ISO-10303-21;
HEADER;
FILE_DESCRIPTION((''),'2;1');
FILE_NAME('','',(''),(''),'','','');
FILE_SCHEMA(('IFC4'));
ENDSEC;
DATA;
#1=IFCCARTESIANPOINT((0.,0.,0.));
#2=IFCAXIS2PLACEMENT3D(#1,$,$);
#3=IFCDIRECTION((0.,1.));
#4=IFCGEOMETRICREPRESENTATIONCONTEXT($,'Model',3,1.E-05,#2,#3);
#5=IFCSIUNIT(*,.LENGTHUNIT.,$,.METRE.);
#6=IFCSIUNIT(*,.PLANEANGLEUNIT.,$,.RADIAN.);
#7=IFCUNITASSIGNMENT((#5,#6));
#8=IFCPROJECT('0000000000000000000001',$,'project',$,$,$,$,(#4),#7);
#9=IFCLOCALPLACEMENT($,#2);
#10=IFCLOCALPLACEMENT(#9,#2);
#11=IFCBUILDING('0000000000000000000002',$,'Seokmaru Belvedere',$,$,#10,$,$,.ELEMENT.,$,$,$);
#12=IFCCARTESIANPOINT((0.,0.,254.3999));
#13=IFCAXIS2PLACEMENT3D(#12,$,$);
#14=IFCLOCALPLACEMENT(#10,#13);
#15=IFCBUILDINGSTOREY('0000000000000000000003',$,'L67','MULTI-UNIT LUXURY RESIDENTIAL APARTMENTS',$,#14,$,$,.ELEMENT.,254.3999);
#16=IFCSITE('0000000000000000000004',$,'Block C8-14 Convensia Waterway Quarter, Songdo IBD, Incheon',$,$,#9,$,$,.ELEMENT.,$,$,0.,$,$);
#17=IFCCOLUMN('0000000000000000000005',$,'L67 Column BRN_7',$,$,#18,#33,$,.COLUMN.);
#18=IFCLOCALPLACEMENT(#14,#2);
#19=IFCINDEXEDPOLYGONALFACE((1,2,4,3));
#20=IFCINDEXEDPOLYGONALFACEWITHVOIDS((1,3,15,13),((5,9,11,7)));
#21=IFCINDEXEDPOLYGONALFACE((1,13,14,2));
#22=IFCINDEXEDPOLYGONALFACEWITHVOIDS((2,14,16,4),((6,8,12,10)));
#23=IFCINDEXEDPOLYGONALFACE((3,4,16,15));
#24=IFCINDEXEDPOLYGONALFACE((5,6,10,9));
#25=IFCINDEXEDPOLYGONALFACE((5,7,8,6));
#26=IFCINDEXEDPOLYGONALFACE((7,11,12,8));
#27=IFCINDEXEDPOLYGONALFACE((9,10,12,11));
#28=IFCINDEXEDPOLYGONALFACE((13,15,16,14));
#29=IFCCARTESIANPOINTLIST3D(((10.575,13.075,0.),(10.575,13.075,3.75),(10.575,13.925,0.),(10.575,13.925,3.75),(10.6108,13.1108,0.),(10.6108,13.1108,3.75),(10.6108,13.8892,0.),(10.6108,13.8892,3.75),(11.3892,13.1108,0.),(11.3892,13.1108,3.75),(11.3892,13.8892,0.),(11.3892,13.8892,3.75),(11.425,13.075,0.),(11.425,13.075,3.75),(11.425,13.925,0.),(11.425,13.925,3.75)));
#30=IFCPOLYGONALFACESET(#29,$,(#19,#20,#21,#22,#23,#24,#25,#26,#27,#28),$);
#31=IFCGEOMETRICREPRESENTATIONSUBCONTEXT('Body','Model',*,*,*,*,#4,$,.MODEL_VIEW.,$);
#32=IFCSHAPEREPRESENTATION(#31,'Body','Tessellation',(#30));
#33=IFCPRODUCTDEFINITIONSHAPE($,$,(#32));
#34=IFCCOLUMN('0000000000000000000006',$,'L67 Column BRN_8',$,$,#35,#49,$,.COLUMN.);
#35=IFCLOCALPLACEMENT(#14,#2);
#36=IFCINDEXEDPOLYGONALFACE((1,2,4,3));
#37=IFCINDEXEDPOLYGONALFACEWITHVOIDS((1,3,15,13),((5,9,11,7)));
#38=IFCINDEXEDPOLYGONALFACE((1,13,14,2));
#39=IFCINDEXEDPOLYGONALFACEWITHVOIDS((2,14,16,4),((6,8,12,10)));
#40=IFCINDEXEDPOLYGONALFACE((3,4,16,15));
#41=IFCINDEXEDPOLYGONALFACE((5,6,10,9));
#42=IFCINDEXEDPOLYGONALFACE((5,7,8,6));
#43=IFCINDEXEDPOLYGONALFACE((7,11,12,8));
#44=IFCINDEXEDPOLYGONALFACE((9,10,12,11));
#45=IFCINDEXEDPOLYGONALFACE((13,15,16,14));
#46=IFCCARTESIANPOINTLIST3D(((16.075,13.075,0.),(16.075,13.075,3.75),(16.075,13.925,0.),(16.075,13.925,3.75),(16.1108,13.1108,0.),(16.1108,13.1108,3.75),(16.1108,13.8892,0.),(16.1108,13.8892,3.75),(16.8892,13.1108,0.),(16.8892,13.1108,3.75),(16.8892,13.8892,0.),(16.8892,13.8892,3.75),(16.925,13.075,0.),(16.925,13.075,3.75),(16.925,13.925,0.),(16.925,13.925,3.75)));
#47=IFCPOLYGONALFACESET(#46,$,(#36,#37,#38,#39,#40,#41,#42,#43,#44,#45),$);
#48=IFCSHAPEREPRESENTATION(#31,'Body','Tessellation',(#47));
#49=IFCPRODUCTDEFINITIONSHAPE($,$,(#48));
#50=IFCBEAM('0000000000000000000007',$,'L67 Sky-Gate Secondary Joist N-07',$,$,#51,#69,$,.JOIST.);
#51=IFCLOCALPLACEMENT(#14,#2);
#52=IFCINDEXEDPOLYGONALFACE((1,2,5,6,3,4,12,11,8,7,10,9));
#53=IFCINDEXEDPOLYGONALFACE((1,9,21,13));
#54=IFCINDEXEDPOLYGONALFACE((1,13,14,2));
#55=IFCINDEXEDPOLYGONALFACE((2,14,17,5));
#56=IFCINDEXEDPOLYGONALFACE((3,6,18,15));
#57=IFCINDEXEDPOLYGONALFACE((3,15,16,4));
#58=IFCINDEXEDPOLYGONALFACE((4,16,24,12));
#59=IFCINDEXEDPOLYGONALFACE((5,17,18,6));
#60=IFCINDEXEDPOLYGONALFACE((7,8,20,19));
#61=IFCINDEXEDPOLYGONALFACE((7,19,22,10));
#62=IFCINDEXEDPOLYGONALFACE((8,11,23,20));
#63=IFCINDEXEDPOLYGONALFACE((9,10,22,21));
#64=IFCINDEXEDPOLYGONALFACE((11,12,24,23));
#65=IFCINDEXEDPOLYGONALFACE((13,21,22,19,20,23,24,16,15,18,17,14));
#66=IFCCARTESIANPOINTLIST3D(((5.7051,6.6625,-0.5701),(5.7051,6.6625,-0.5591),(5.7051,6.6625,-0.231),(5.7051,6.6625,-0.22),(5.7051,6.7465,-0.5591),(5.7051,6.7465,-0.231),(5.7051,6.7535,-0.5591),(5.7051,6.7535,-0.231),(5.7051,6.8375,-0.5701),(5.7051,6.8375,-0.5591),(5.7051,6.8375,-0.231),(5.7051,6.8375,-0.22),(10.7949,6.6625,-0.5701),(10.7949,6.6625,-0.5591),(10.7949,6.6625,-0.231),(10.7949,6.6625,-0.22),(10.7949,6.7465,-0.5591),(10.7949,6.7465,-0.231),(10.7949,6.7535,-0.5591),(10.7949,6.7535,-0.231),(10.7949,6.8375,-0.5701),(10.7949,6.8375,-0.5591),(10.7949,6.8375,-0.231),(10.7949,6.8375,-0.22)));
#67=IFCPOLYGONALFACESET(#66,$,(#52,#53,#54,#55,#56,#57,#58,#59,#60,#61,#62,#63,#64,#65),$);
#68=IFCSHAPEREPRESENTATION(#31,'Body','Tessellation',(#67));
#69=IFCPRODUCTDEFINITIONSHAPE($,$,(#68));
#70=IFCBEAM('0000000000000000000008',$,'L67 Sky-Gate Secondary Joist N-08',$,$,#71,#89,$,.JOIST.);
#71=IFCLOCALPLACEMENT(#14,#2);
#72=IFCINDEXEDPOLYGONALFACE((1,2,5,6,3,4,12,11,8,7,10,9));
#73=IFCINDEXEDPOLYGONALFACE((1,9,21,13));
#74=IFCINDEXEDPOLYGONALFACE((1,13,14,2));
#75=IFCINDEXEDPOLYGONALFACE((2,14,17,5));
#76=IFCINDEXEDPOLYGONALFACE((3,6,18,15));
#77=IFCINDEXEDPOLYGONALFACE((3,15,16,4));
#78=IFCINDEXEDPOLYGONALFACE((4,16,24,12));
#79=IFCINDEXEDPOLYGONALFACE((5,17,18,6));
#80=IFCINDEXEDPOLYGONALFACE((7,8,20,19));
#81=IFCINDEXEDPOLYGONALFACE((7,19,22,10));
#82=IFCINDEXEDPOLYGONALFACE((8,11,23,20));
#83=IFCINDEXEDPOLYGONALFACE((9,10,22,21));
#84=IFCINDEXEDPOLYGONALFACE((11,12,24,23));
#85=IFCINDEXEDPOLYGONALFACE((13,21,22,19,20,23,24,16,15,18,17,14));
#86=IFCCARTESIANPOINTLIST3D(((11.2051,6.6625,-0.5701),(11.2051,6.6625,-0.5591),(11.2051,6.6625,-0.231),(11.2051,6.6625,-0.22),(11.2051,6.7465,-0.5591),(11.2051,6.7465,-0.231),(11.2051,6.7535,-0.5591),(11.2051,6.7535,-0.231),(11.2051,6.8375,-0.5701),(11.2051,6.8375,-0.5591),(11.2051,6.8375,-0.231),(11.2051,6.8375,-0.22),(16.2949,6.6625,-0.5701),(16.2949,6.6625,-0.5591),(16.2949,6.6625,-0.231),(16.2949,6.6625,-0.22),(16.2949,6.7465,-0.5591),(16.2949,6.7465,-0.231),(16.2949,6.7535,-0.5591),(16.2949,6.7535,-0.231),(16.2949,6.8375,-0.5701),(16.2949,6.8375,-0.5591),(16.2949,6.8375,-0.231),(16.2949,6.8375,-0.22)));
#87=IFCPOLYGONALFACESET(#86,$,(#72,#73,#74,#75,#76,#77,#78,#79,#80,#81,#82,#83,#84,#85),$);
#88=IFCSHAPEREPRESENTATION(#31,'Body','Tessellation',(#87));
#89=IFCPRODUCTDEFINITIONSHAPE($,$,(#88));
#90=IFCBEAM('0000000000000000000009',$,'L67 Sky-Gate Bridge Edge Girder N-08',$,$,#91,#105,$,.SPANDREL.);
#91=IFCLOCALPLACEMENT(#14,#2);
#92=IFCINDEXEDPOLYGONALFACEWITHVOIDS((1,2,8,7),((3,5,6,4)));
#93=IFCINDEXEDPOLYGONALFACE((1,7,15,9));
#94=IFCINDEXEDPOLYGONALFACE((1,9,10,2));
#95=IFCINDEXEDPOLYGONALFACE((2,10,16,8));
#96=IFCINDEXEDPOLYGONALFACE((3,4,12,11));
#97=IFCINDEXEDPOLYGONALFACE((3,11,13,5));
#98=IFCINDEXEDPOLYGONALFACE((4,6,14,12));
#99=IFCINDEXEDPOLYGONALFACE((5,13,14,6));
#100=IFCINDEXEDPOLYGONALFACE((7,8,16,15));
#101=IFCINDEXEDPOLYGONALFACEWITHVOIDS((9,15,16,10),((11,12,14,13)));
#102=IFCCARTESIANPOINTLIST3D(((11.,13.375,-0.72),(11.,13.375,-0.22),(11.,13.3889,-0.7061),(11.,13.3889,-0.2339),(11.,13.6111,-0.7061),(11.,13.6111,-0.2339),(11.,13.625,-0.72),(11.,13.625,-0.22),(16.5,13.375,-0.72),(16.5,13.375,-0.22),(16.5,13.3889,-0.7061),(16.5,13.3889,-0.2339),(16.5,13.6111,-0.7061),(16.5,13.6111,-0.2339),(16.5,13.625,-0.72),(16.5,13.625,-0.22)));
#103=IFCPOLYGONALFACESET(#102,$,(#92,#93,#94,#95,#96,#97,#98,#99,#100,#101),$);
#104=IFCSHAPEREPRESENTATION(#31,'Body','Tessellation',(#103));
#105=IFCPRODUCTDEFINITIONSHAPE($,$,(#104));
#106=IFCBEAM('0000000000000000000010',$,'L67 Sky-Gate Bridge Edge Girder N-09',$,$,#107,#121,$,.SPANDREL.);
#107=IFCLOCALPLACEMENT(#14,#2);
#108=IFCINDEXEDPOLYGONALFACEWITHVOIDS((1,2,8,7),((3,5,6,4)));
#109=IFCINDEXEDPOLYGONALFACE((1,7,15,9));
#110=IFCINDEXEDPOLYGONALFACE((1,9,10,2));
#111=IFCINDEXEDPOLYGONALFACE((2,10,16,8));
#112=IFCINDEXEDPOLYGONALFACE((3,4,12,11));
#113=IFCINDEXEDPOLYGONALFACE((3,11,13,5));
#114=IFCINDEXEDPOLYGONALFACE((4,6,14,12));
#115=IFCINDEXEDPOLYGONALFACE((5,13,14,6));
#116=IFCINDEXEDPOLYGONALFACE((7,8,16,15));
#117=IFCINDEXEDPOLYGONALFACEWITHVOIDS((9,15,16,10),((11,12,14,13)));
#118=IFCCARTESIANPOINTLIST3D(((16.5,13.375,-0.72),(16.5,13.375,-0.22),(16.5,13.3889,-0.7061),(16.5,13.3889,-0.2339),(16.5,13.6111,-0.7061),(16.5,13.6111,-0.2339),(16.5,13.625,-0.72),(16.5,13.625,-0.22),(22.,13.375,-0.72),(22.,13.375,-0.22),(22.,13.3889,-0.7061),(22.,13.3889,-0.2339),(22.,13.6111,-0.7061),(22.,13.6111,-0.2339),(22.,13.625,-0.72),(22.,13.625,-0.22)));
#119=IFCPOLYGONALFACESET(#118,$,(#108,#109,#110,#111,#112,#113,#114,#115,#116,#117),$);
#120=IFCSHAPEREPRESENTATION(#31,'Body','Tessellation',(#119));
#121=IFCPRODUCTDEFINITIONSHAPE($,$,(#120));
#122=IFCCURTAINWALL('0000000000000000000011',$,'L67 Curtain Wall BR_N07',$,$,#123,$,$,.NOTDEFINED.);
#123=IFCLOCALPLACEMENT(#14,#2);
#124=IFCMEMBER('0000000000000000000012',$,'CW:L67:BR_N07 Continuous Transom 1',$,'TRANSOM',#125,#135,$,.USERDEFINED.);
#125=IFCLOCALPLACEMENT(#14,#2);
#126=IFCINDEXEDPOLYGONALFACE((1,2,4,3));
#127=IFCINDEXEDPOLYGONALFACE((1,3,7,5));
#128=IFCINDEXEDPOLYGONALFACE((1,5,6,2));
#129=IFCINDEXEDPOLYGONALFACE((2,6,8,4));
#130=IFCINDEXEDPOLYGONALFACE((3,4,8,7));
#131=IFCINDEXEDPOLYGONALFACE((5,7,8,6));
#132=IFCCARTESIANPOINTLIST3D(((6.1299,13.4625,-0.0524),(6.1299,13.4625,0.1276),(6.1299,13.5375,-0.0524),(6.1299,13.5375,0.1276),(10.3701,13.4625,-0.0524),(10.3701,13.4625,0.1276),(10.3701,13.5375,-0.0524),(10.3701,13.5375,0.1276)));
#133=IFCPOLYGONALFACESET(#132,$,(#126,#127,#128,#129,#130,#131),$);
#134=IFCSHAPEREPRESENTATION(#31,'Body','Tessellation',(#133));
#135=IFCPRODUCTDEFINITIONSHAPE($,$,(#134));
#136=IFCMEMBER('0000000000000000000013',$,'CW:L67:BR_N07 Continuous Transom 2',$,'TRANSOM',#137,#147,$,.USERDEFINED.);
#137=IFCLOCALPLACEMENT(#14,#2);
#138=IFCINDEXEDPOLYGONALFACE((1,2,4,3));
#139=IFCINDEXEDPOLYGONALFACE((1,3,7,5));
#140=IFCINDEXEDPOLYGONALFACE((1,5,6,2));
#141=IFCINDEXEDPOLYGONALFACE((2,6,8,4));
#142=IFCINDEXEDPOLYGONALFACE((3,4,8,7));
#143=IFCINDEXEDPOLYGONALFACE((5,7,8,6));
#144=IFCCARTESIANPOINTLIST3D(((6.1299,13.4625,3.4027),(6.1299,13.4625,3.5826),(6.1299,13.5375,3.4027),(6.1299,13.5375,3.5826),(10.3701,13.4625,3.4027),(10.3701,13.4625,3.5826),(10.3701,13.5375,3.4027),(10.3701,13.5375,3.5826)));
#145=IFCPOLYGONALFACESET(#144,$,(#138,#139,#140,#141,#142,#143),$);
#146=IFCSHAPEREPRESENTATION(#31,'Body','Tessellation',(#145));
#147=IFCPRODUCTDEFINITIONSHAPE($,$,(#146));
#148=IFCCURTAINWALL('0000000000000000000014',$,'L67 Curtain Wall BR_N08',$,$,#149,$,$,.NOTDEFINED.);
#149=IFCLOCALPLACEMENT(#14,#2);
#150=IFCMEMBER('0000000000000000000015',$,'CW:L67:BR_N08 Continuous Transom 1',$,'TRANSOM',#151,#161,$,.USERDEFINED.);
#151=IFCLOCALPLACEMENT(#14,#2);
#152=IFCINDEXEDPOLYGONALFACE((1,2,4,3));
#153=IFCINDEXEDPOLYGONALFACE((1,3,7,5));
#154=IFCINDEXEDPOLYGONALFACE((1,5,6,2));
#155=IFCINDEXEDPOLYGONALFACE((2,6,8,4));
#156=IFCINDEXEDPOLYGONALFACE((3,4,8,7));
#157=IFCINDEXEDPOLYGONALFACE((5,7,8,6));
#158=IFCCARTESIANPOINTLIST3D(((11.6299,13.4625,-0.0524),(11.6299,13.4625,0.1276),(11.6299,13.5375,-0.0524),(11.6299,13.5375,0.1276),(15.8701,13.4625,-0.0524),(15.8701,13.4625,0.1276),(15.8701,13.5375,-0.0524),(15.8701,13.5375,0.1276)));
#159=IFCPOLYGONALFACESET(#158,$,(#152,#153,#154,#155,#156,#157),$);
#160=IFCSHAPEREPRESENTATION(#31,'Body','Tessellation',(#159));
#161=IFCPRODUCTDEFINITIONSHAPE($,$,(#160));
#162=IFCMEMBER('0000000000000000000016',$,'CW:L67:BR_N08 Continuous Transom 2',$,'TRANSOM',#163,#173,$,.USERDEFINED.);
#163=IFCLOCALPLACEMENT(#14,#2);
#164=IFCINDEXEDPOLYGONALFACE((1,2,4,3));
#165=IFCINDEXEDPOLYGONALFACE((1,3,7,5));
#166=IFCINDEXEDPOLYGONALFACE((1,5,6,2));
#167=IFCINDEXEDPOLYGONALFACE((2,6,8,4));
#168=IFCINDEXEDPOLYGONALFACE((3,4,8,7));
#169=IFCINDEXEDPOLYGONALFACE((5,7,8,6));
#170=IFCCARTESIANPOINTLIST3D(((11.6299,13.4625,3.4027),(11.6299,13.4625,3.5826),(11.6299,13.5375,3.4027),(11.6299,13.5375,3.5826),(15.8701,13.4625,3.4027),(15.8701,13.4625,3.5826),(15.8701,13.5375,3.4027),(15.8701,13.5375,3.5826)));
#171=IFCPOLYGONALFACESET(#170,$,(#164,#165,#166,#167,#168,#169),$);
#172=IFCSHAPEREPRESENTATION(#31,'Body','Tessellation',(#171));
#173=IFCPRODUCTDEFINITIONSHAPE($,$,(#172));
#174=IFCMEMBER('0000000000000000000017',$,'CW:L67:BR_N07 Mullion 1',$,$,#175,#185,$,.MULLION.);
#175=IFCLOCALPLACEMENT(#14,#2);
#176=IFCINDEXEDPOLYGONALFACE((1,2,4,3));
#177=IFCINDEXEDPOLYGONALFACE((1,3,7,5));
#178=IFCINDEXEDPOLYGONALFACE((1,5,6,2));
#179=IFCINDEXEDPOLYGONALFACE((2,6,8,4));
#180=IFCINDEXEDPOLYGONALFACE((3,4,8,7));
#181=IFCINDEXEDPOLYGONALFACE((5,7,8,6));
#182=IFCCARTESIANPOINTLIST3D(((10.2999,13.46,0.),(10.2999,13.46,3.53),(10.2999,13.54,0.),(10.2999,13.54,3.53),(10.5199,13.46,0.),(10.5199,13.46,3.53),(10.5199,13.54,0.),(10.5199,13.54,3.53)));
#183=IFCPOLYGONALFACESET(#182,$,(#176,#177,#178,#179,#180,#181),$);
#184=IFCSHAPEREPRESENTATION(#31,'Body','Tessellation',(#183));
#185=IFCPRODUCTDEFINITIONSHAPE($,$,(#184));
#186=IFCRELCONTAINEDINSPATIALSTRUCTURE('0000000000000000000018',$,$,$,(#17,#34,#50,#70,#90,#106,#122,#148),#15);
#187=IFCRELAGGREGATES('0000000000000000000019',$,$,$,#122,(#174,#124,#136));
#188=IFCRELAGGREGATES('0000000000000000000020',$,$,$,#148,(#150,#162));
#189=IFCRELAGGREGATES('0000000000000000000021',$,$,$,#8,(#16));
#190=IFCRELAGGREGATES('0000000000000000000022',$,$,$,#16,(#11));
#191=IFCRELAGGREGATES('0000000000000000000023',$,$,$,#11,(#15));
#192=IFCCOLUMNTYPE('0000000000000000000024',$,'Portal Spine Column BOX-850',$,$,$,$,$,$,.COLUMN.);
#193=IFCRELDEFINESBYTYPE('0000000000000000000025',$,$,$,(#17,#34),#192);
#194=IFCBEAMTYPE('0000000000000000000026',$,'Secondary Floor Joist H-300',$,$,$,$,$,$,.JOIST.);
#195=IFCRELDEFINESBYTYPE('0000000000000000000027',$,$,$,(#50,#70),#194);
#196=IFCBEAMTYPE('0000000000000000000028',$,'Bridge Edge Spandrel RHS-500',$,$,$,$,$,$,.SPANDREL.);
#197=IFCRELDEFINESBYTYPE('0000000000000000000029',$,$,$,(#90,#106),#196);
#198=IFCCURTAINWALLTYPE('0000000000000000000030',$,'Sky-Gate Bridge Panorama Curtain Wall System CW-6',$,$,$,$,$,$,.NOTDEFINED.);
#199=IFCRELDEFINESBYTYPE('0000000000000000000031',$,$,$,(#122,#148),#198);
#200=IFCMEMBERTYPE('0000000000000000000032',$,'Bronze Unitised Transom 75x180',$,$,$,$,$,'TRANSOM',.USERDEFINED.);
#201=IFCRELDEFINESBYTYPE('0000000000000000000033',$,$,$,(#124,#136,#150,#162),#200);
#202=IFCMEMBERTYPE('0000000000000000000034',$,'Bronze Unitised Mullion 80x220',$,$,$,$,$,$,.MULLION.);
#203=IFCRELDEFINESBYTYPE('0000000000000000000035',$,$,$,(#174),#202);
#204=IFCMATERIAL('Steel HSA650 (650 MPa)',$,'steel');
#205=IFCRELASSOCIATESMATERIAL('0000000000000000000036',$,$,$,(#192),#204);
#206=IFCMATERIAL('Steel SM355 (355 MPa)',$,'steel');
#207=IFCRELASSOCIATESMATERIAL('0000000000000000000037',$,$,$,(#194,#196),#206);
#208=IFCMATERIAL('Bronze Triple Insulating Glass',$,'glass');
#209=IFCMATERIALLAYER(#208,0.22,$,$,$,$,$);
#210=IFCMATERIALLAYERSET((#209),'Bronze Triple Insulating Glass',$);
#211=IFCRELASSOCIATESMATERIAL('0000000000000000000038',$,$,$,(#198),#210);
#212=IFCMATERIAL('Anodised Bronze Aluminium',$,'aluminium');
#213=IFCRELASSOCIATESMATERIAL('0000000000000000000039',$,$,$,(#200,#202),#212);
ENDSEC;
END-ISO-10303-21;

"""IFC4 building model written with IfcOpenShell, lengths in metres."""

from ifc_helpers import new_model, si_unit, direction, frame, origin, origin_2d, place, context, subcontext, project, spatial, rectangle, hollow_rectangle, i_section, extrude, source, transform, mapped, material, layer, layer_set, material_profile, profile_set, type_object, type_shapes, element, aggregate, save


model = new_model("IFC4")

# Units and contexts
model_context = context("Model", 3, precision=1e-05, world=origin(), true_north=direction((0.0, 1.0)))
body_context = subcontext(model_context, "Body", "Model", "MODEL_VIEW")
ifc_project = project(units=[si_unit("LENGTHUNIT", "METRE"), si_unit("PLANEANGLEUNIT", "RADIAN")], contexts=[model_context])

# Site, building, storey
site_placement = place(None, origin())
site = spatial("IfcSite", under=ifc_project, at=site_placement, Name="Block C8-14 Convensia Waterway Quarter, Songdo IBD, Incheon", CompositionType="ELEMENT", RefElevation=0.0)
building_placement = place(site_placement, origin())
building = spatial("IfcBuilding", under=site, at=building_placement, Name="Seokmaru Belvedere", CompositionType="ELEMENT")
storey_placement = place(building_placement, frame((0.0, 0.0, 254.3999)))
storey = spatial("IfcBuildingStorey", under=building, at=storey_placement, Name="L67", Description="MULTI-UNIT LUXURY RESIDENTIAL APARTMENTS", CompositionType="ELEMENT", Elevation=254.3999)

# Columns
ifc_material_1 = material(Name="Steel HSA650 (650 MPa)", Category="steel")
ifc_material_profile_1 = material_profile(ifc_material_1, hollow_rectangle(XDim=0.8501, YDim=0.8501, WallThickness=0.0359, at=origin_2d()), Name="BOX-850x850x36")
ifc_profile_set_1 = profile_set([ifc_material_profile_1], Name="Steel HSA650 (650 MPa)")
column_type = type_object("IfcColumnType", Name="Portal Spine Column BOX-850", PredefinedType="COLUMN", material=ifc_profile_set_1)
shared_shape_1 = source(origin(), body_context, "Body", "SweptSolid", [
    extrude(hollow_rectangle(XDim=0.8501, YDim=0.8501, WallThickness=0.0359, at=origin_2d()), origin(), (0.0, 0.0, 1.0), 3.75),
])
type_shapes(column_type, [shared_shape_1])
for number, where, z_axis, x_axis, name in (
    (1, (11.0, 13.5, 0.0), (0.0, 0.0, 1.0), (1.0, 0.0, 0.0), "L67 Column BRN_7"),
    (2, (16.5, 13.5, 0.0), (0.0, 0.0, 1.0), (1.0, 0.0, 0.0), "L67 Column BRN_8"),
):
    element("IfcColumn", number, at=place(storey_placement, frame(where, z_axis=z_axis, x_axis=x_axis)), inside=storey, type_object=column_type, Name=name, PredefinedType="COLUMN", context=body_context, shape_type="MappedRepresentation", body=[
        mapped(shared_shape_1, transform((0.0, 0.0, 0.0), scale=1.0)),
    ])

# Beams
ifc_material_2 = material(Name="Steel SM355 (355 MPa)", Category="steel")
ifc_material_profile_2 = material_profile(ifc_material_2, i_section(OverallWidth=0.175, OverallDepth=0.3501, WebThickness=0.0071, FlangeThickness=0.011, at=origin_2d()), Name="H-350x175x7x11")
ifc_profile_set_2 = profile_set([ifc_material_profile_2], Name="Steel SM355 (355 MPa)")
beam_type_1 = type_object("IfcBeamType", Name="Secondary Floor Joist H-300", PredefinedType="JOIST", material=ifc_profile_set_2)
shared_shape_2 = source(origin(), body_context, "Body", "SweptSolid", [
    extrude(i_section(OverallWidth=0.175, OverallDepth=0.3501, WebThickness=0.0071, FlangeThickness=0.011, at=origin_2d()), origin(), (0.0, 0.0, 1.0), 5.0898),
])
type_shapes(beam_type_1, [shared_shape_2])
for number, where, z_axis, x_axis, name in (
    (3, (5.7051, 6.75, -0.395), (1.0, 0.0, 0.0), (0.0, 1.0, 0.0), "L67 Sky-Gate Secondary Joist N-07"),
    (4, (11.2051, 6.75, -0.395), (1.0, 0.0, 0.0), (0.0, 1.0, 0.0), "L67 Sky-Gate Secondary Joist N-08"),
):
    element("IfcBeam", number, at=place(storey_placement, frame(where, z_axis=z_axis, x_axis=x_axis)), inside=storey, type_object=beam_type_1, Name=name, PredefinedType="JOIST", context=body_context, shape_type="MappedRepresentation", body=[
        mapped(shared_shape_2, transform((0.0, 0.0, 0.0), scale=1.0)),
    ])
ifc_material_profile_3 = material_profile(ifc_material_2, hollow_rectangle(XDim=0.25, YDim=0.5, WallThickness=0.0139, at=origin_2d()), Name="RHS-500x250x14")
ifc_profile_set_3 = profile_set([ifc_material_profile_3], Name="Steel SM355 (355 MPa)")
beam_type_2 = type_object("IfcBeamType", Name="Bridge Edge Spandrel RHS-500", PredefinedType="SPANDREL", material=ifc_profile_set_3)
shared_shape_3 = source(origin(), body_context, "Body", "SweptSolid", [
    extrude(hollow_rectangle(XDim=0.25, YDim=0.5, WallThickness=0.0139, at=origin_2d()), origin(), (0.0, 0.0, 1.0), 5.5),
])
type_shapes(beam_type_2, [shared_shape_3])
for number, where, z_axis, x_axis, name in (
    (5, (11.0, 13.5, -0.47), (1.0, 0.0, 0.0), (0.0, 1.0, 0.0), "L67 Sky-Gate Bridge Edge Girder N-08"),
    (6, (16.5, 13.5, -0.47), (1.0, 0.0, 0.0), (0.0, 1.0, 0.0), "L67 Sky-Gate Bridge Edge Girder N-09"),
):
    element("IfcBeam", number, at=place(storey_placement, frame(where, z_axis=z_axis, x_axis=x_axis)), inside=storey, type_object=beam_type_2, Name=name, PredefinedType="SPANDREL", context=body_context, shape_type="MappedRepresentation", body=[
        mapped(shared_shape_3, transform((0.0, 0.0, 0.0), scale=1.0)),
    ])

# Curtain walls, members
ifc_material_3 = material(Name="Bronze Triple Insulating Glass", Category="glass")
ifc_layer_1 = layer(ifc_material_3, 0.22)
ifc_layer_set_1 = layer_set([ifc_layer_1], Name="Bronze Triple Insulating Glass")
curtain_wall_type = type_object("IfcCurtainWallType", Name="Sky-Gate Bridge Panorama Curtain Wall System CW-6", PredefinedType="NOTDEFINED", material=ifc_layer_set_1)
curtain_wall_1_placement = place(storey_placement, origin())
curtain_wall_1 = element("IfcCurtainWall", 7, at=curtain_wall_1_placement, inside=storey, type_object=curtain_wall_type, Name="L67 Curtain Wall BR_N07", PredefinedType="NOTDEFINED")
ifc_material_4 = material(Name="Anodised Bronze Aluminium", Category="aluminium")
ifc_material_profile_4 = material_profile(ifc_material_4, rectangle(XDim=0.075, YDim=0.1799, at=origin_2d()), Name="CW-T-75x180")
ifc_profile_set_4 = profile_set([ifc_material_profile_4], Name="Anodised Bronze Aluminium")
member_type_1 = type_object("IfcMemberType", Name="Bronze Unitised Transom 75x180", ElementType="TRANSOM", PredefinedType="USERDEFINED", material=ifc_profile_set_4)
shared_shape_4 = source(origin(), body_context, "Body", "SweptSolid", [
    extrude(rectangle(XDim=0.075, YDim=0.1799, at=origin_2d()), origin(), (0.0, 0.0, 1.0), 4.2402),
])
type_shapes(member_type_1, [shared_shape_4])
member_1_placement = place(storey_placement, frame((10.3701, 13.5, 0.0376), z_axis=(-1.0, 0.0, 0.0), x_axis=(0.0, -1.0, 0.0)))
member_1 = element("IfcMember", 8, at=member_1_placement, type_object=member_type_1, Name="CW:L67:BR_N07 Continuous Transom 1", ObjectType="TRANSOM", PredefinedType="USERDEFINED", context=body_context, shape_type="MappedRepresentation", body=[
    mapped(shared_shape_4, transform((0.0, 0.0, 0.0), scale=1.0)),
])
member_2_placement = place(storey_placement, frame((10.3701, 13.5, 3.4927), z_axis=(-1.0, 0.0, 0.0), x_axis=(0.0, -1.0, 0.0)))
member_2 = element("IfcMember", 9, at=member_2_placement, type_object=member_type_1, Name="CW:L67:BR_N07 Continuous Transom 2", ObjectType="TRANSOM", PredefinedType="USERDEFINED", context=body_context, shape_type="MappedRepresentation", body=[
    mapped(shared_shape_4, transform((0.0, 0.0, 0.0), scale=1.0)),
])
curtain_wall_2_placement = place(storey_placement, origin())
curtain_wall_2 = element("IfcCurtainWall", 10, at=curtain_wall_2_placement, inside=storey, type_object=curtain_wall_type, Name="L67 Curtain Wall BR_N08", PredefinedType="NOTDEFINED")
member_3_placement = place(storey_placement, frame((15.8701, 13.5, 0.0376), z_axis=(-1.0, 0.0, 0.0), x_axis=(0.0, -1.0, 0.0)))
member_3 = element("IfcMember", 11, at=member_3_placement, type_object=member_type_1, Name="CW:L67:BR_N08 Continuous Transom 1", ObjectType="TRANSOM", PredefinedType="USERDEFINED", context=body_context, shape_type="MappedRepresentation", body=[
    mapped(shared_shape_4, transform((0.0, 0.0, 0.0), scale=1.0)),
])
member_4_placement = place(storey_placement, frame((15.8701, 13.5, 3.4927), z_axis=(-1.0, 0.0, 0.0), x_axis=(0.0, -1.0, 0.0)))
member_4 = element("IfcMember", 12, at=member_4_placement, type_object=member_type_1, Name="CW:L67:BR_N08 Continuous Transom 2", ObjectType="TRANSOM", PredefinedType="USERDEFINED", context=body_context, shape_type="MappedRepresentation", body=[
    mapped(shared_shape_4, transform((0.0, 0.0, 0.0), scale=1.0)),
])

# Member
ifc_material_profile_5 = material_profile(ifc_material_4, rectangle(XDim=0.0801, YDim=0.22, at=origin_2d()), Name="CW-M-80x220")
ifc_profile_set_5 = profile_set([ifc_material_profile_5], Name="Anodised Bronze Aluminium")
member_type_2 = type_object("IfcMemberType", Name="Bronze Unitised Mullion 80x220", PredefinedType="MULLION", material=ifc_profile_set_5)
shared_shape_5 = source(origin(), body_context, "Body", "SweptSolid", [
    extrude(rectangle(XDim=0.0801, YDim=0.22, at=origin_2d()), origin(), (0.0, 0.0, 1.0), 3.53),
])
type_shapes(member_type_2, [shared_shape_5])
member_5_placement = place(storey_placement, frame((10.4099, 13.5, 0.0), z_axis=(0.0, 0.0, 1.0), x_axis=(0.0, -1.0, 0.0)))
member_5 = element("IfcMember", 13, at=member_5_placement, type_object=member_type_2, Name="CW:L67:BR_N07 Mullion 1", PredefinedType="MULLION", context=body_context, shape_type="MappedRepresentation", body=[
    mapped(shared_shape_5, transform((0.0, 0.0, 0.0), scale=1.0)),
])

aggregate(curtain_wall_1, [member_5, member_1, member_2])
aggregate(curtain_wall_2, [member_3, member_4])

save(model, "model.ifc")
